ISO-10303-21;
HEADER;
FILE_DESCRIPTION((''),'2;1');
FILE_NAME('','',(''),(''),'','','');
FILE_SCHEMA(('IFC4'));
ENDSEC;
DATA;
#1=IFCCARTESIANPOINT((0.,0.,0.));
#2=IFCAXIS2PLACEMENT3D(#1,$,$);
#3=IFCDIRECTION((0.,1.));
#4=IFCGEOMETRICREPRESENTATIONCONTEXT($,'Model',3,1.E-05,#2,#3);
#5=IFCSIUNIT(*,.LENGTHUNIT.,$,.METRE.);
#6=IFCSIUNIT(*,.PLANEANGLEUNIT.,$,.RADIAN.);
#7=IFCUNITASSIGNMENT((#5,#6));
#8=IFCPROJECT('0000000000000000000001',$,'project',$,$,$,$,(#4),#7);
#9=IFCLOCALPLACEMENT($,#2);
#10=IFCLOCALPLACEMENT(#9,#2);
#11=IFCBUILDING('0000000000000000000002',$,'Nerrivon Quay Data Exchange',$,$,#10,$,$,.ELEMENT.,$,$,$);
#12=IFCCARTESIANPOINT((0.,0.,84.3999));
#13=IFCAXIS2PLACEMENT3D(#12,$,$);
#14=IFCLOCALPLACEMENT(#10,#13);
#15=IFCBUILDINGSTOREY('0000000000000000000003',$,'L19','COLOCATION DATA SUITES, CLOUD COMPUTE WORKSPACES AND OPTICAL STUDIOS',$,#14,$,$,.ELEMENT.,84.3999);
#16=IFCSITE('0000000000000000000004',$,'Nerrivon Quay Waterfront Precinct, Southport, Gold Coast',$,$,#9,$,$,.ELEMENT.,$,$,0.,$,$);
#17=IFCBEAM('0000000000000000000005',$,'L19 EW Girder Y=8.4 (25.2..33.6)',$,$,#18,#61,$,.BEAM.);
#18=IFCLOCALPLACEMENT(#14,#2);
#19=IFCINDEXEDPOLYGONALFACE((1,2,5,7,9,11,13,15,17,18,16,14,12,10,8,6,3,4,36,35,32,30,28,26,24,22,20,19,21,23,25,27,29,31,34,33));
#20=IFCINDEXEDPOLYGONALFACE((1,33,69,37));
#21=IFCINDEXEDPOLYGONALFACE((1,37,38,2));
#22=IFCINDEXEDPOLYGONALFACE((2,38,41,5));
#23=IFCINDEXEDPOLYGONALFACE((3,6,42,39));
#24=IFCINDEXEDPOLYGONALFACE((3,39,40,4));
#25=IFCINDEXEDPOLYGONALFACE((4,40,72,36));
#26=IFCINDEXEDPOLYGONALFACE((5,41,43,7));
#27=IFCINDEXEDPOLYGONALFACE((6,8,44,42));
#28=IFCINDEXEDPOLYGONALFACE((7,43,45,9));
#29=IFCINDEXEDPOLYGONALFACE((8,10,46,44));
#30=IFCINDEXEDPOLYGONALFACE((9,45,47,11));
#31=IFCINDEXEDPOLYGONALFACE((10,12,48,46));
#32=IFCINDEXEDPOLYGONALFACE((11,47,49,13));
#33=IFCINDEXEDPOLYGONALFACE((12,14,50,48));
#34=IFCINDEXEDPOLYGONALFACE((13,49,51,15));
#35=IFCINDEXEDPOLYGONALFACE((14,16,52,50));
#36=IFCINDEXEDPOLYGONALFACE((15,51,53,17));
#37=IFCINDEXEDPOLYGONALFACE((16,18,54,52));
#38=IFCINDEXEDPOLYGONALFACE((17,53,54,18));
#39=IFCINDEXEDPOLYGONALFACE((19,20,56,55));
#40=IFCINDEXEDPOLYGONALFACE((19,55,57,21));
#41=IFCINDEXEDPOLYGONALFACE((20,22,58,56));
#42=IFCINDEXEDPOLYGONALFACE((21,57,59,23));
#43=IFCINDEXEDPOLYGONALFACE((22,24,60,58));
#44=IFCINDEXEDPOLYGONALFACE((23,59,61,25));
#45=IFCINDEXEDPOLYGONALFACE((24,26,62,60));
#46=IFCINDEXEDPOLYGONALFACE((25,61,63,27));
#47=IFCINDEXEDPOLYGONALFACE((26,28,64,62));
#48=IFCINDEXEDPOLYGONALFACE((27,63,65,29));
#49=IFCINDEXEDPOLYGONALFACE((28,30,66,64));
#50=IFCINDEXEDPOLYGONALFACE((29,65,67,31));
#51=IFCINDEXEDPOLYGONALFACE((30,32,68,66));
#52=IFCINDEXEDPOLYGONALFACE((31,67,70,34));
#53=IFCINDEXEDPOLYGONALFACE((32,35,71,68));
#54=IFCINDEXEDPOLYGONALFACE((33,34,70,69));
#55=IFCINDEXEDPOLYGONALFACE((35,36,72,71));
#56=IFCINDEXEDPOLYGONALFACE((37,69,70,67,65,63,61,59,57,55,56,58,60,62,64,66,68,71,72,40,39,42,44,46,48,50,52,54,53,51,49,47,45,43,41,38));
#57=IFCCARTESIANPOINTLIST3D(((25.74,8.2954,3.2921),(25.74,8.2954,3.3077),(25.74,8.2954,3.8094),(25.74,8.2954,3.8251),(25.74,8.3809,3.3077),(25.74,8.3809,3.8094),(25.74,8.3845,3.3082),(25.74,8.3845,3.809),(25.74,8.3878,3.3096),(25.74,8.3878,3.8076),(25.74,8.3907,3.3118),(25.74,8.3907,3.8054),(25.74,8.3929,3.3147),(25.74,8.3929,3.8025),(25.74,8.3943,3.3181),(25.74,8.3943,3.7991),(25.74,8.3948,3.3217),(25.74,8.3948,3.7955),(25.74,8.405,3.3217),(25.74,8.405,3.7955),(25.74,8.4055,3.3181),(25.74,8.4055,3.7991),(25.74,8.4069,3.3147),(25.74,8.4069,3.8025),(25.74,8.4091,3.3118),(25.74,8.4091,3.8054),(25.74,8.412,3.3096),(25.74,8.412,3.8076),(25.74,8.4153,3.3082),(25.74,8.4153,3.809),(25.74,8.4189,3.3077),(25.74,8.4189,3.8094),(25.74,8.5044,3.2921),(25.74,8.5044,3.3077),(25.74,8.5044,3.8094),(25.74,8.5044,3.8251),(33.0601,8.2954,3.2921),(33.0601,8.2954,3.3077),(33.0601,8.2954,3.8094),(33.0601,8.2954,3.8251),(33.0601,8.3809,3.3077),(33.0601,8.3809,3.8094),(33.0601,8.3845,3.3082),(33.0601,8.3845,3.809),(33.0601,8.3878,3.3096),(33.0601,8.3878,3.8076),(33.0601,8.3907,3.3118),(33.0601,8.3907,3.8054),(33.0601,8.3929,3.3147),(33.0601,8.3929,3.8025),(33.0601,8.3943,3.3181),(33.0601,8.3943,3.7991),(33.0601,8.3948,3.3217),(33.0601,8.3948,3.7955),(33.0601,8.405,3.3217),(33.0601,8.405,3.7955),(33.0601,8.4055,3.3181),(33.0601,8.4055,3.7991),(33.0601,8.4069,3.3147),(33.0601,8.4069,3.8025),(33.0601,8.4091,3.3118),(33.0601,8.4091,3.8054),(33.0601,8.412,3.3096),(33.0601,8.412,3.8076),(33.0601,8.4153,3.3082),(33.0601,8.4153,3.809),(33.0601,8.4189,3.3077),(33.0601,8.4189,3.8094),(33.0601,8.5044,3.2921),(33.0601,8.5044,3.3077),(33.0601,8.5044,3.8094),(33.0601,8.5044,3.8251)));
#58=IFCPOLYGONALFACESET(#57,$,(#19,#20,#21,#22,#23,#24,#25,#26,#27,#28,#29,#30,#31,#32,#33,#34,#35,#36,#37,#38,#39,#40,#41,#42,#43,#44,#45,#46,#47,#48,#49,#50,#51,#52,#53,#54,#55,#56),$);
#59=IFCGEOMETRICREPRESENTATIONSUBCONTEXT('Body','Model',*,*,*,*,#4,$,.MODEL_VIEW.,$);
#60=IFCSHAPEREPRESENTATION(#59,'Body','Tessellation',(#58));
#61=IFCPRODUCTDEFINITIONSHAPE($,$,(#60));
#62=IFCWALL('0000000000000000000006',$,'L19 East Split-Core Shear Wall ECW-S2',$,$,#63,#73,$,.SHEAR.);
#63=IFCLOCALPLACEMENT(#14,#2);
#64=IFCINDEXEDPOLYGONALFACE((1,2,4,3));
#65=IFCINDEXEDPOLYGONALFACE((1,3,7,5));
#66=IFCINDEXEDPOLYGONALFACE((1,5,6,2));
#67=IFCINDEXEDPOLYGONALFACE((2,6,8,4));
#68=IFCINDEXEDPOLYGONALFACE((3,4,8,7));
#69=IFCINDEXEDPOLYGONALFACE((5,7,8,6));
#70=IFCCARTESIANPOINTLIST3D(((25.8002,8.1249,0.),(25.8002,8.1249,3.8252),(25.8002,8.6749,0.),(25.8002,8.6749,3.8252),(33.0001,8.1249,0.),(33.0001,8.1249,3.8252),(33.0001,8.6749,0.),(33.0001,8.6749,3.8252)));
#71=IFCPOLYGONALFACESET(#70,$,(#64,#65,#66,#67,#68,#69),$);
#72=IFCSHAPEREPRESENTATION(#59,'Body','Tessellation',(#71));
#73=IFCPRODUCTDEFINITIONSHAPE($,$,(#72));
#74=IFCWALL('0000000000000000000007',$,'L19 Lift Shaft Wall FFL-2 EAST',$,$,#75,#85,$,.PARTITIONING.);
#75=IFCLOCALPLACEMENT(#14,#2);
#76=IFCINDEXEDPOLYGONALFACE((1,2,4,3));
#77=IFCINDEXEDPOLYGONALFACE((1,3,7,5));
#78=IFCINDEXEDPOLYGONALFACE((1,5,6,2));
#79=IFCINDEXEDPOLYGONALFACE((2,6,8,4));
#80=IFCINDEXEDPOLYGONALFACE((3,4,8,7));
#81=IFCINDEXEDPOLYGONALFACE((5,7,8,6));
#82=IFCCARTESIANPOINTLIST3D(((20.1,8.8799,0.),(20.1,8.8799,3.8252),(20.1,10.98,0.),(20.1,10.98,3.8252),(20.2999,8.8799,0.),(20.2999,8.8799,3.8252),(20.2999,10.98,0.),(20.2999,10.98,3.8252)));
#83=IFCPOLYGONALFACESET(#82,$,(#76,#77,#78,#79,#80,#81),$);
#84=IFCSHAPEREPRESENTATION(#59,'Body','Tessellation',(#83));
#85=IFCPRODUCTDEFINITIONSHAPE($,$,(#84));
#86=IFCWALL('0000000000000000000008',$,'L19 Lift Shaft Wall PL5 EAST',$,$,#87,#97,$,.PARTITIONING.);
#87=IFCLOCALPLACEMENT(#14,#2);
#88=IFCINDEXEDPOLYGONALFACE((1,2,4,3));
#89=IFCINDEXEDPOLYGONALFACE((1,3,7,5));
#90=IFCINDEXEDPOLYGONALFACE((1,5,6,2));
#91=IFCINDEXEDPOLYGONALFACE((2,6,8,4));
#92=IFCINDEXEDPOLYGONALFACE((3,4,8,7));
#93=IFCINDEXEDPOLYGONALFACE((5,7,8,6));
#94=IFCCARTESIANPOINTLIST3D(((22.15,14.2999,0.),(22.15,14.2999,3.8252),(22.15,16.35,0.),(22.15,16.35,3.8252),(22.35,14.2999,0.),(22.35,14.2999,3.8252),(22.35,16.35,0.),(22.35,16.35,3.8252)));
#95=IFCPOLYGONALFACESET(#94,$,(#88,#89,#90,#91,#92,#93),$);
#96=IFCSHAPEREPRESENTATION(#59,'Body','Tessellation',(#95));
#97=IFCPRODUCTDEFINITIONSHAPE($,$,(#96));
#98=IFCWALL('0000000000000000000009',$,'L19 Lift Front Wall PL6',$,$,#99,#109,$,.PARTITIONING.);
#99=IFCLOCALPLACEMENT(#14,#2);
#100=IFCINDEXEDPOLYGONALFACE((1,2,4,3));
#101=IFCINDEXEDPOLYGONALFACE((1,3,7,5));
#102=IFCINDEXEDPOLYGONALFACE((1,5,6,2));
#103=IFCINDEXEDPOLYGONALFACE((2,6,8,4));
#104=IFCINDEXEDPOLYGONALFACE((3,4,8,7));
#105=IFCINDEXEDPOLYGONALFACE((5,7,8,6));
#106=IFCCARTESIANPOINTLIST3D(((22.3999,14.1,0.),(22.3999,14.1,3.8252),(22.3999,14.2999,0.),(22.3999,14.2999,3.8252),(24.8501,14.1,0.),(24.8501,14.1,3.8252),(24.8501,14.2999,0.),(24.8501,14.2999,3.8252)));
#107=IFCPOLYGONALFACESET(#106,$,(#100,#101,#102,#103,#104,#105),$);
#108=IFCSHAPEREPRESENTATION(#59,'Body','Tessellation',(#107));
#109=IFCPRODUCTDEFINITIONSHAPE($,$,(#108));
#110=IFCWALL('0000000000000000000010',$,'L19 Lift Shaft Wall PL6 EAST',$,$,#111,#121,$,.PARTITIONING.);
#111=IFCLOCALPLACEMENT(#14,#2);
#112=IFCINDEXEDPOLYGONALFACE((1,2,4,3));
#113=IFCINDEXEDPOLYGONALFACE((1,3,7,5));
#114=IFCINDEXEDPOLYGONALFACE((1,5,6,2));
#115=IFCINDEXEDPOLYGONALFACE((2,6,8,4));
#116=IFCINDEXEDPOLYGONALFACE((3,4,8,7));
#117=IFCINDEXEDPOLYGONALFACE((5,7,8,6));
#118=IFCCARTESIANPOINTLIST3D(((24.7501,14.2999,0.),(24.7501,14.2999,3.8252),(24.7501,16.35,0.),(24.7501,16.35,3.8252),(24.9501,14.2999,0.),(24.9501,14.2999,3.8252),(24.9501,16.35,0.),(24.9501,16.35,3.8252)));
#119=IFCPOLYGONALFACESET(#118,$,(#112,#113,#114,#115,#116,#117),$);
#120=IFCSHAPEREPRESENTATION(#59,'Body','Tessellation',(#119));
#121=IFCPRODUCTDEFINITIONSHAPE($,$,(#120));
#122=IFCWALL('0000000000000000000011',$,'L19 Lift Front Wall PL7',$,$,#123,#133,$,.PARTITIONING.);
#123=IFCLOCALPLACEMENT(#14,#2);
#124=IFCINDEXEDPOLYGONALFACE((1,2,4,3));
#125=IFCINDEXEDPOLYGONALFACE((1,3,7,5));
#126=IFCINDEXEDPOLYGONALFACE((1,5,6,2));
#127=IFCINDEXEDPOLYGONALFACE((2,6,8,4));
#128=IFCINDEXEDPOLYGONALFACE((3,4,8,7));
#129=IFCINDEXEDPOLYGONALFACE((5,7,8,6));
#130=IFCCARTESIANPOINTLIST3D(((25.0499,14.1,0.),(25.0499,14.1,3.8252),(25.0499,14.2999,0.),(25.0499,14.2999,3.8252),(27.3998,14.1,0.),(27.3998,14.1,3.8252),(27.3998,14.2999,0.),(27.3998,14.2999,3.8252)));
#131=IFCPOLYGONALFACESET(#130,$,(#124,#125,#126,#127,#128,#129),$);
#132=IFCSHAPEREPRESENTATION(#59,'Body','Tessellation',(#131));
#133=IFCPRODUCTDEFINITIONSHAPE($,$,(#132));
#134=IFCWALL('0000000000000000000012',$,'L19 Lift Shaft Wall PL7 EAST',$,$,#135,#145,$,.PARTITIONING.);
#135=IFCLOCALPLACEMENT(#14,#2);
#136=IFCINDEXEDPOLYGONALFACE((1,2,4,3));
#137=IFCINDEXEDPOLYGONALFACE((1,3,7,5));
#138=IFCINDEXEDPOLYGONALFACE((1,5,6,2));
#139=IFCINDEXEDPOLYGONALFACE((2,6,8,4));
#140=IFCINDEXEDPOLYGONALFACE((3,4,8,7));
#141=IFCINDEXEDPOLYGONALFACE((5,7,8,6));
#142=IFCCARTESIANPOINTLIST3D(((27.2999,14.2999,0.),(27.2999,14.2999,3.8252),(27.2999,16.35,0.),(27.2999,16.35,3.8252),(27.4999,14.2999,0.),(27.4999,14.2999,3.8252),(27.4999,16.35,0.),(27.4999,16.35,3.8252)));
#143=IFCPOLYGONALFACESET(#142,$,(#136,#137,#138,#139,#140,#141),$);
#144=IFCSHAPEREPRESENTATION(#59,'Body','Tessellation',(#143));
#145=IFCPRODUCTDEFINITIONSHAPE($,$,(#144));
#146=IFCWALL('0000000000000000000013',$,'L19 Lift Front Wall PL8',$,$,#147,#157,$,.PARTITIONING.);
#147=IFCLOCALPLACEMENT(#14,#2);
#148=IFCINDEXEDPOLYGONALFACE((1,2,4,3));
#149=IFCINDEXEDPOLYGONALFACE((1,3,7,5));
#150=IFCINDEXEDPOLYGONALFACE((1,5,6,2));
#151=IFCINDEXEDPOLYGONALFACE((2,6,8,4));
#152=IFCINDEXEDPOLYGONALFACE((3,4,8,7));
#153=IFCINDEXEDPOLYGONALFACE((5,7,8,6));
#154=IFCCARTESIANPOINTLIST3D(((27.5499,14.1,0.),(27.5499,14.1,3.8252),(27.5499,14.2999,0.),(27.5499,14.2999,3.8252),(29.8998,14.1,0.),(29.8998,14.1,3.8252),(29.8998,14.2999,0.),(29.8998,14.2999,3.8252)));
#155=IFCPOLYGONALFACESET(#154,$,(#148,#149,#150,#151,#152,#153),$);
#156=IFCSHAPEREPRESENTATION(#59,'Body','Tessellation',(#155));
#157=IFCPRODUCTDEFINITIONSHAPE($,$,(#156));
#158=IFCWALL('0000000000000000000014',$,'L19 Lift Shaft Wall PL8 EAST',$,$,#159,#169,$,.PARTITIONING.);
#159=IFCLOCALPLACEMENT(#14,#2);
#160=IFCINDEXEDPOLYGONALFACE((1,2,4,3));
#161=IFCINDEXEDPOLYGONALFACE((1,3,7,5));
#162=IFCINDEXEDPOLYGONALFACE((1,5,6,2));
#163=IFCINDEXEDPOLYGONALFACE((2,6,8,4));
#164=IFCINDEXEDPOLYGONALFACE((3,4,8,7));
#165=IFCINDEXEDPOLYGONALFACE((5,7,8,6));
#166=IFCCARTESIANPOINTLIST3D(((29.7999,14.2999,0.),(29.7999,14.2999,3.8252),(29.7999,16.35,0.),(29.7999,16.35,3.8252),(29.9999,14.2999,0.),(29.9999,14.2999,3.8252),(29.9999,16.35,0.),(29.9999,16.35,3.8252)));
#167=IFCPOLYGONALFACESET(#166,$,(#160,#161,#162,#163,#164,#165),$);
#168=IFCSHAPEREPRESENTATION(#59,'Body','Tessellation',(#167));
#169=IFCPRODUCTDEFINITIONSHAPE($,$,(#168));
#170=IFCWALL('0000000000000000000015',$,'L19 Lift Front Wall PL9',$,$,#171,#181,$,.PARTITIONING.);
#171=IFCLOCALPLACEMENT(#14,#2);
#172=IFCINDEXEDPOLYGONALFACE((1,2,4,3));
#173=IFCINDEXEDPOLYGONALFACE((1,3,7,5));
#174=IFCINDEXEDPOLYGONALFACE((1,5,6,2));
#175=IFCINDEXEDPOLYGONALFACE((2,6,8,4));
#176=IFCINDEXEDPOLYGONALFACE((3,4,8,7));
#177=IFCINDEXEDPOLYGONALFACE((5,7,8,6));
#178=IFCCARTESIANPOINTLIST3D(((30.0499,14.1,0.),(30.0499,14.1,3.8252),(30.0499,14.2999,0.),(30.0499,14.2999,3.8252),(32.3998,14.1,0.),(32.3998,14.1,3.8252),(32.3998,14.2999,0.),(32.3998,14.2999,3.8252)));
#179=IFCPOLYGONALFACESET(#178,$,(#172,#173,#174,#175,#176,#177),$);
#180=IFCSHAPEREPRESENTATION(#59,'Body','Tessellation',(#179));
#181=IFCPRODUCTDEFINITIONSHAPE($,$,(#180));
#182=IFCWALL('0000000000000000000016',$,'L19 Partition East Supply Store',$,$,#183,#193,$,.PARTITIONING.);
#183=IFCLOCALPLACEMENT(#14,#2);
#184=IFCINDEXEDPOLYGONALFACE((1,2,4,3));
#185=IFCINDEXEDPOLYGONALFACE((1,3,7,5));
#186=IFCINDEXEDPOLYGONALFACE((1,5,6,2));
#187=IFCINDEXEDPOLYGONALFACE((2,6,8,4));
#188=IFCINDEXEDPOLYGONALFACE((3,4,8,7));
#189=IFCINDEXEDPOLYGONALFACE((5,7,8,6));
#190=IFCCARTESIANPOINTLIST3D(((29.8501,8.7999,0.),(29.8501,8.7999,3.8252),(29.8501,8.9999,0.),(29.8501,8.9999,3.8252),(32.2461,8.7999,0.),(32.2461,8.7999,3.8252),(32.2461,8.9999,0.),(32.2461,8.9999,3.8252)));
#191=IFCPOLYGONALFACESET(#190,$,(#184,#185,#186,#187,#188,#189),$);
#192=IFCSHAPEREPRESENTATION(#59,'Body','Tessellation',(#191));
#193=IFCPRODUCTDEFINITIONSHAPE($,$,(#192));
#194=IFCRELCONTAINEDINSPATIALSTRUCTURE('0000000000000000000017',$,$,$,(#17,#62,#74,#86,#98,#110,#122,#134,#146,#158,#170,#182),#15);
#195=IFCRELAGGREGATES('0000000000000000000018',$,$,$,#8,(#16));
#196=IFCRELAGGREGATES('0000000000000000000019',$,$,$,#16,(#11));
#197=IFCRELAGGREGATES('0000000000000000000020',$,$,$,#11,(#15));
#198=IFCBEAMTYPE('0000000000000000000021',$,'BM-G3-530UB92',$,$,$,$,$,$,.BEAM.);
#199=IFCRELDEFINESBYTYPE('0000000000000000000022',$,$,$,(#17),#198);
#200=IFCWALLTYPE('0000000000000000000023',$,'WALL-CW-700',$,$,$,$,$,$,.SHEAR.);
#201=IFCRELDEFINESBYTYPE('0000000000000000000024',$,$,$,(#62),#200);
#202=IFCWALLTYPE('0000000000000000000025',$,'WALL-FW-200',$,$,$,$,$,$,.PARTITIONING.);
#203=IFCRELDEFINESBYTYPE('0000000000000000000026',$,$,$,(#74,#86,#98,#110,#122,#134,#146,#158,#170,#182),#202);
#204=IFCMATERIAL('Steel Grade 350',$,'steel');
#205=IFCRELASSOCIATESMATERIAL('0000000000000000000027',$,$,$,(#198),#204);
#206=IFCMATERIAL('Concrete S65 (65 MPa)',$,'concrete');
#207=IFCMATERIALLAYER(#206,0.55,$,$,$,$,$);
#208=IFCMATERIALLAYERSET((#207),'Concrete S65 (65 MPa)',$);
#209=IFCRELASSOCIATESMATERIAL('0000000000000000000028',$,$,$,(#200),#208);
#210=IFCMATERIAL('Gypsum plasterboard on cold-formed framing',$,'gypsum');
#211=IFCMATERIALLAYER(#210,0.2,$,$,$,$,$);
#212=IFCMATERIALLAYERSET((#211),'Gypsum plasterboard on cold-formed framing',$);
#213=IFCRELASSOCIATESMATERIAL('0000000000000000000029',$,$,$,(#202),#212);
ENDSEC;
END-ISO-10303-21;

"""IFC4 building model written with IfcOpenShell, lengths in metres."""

from ifc_helpers import new_model, si_unit, direction, frame, frame_2d, origin, origin_2d, place, context, subcontext, project, spatial, rectangle, i_section, extrude, material, layer, layer_set, material_profile, profile_set, type_object, element, save


model = new_model("IFC4")

# Units and contexts
model_context = context("Model", 3, precision=1e-05, world=origin(), true_north=direction((0.0, 1.0)))
body_context = subcontext(model_context, "Body", "Model", "MODEL_VIEW")
ifc_project = project(units=[si_unit("LENGTHUNIT", "METRE"), si_unit("PLANEANGLEUNIT", "RADIAN")], contexts=[model_context])

# Site, building, storey
site_placement = place(None, origin())
site = spatial("IfcSite", under=ifc_project, at=site_placement, Name="Nerrivon Quay Waterfront Precinct, Southport, Gold Coast", CompositionType="ELEMENT", RefElevation=0.0)
building_placement = place(site_placement, origin())
building = spatial("IfcBuilding", under=site, at=building_placement, Name="Nerrivon Quay Data Exchange", CompositionType="ELEMENT")
storey_placement = place(building_placement, frame((0.0, 0.0, 84.3999)))
storey = spatial("IfcBuildingStorey", under=building, at=storey_placement, Name="L19", Description="COLOCATION DATA SUITES, CLOUD COMPUTE WORKSPACES AND OPTICAL STUDIOS", CompositionType="ELEMENT", Elevation=84.3999)

# Beam
ifc_material_1 = material(Name="Steel Grade 350", Category="steel")
ifc_material_profile = material_profile(ifc_material_1, i_section(OverallWidth=0.209, OverallDepth=0.533, WebThickness=0.0103, FlangeThickness=0.0156, FilletRadius=0.0139, at=origin_2d()), Name="530UB92.4")
ifc_profile_set = profile_set([ifc_material_profile], Name="Steel Grade 350")
beam_type = type_object("IfcBeamType", Name="BM-G3-530UB92", PredefinedType="BEAM", material=ifc_profile_set)
beam_placement = place(storey_placement, frame((25.74, 8.3999, 3.5586), z_axis=(1.0, 0.0, 0.0), x_axis=(0.0, 1.0, 0.0)))
element("IfcBeam", 1, at=beam_placement, inside=storey, type_object=beam_type, Name="L19 EW Girder Y=8.4 (25.2..33.6)", PredefinedType="BEAM", context=body_context, shape_type="SweptSolid", body=[
    extrude(i_section(OverallWidth=0.209, OverallDepth=0.533, WebThickness=0.0103, FlangeThickness=0.0156, FilletRadius=0.0139, at=origin_2d()), origin(), (0.0, 0.0, 1.0), 7.3201),
])

# Wall
ifc_material_2 = material(Name="Concrete S65 (65 MPa)", Category="concrete")
ifc_layer_1 = layer(ifc_material_2, 0.55)
ifc_layer_set_1 = layer_set([ifc_layer_1], Name="Concrete S65 (65 MPa)")
wall_type_1 = type_object("IfcWallType", Name="WALL-CW-700", PredefinedType="SHEAR", material=ifc_layer_set_1)
wall_1_placement = place(storey_placement, frame((25.8, 8.3999, 0.0), z_axis=(0.0, 0.0, 1.0), x_axis=(1.0, 0.0, 0.0)))
element("IfcWall", 2, at=wall_1_placement, inside=storey, type_object=wall_type_1, Name="L19 East Split-Core Shear Wall ECW-S2", PredefinedType="SHEAR", context=body_context, shape_type="SweptSolid", body=[
    extrude(rectangle(XDim=7.2, YDim=0.55, at=frame_2d((3.6001, 0.0))), origin(), (0.0, 0.0, 1.0), 3.8252),
])

# Walls
ifc_material_3 = material(Name="Gypsum plasterboard on cold-formed framing", Category="gypsum")
ifc_layer_2 = layer(ifc_material_3, 0.2)
ifc_layer_set_2 = layer_set([ifc_layer_2], Name="Gypsum plasterboard on cold-formed framing")
wall_type_2 = type_object("IfcWallType", Name="WALL-FW-200", PredefinedType="PARTITIONING", material=ifc_layer_set_2)
wall_2_placement = place(storey_placement, frame((20.2, 8.8799, 0.0), z_axis=(0.0, 0.0, 1.0), x_axis=(0.0, 1.0, 0.0)))
element("IfcWall", 3, at=wall_2_placement, inside=storey, type_object=wall_type_2, Name="L19 Lift Shaft Wall FFL-2 EAST", PredefinedType="PARTITIONING", context=body_context, shape_type="SweptSolid", body=[
    extrude(rectangle(XDim=2.1001, YDim=0.2, at=frame_2d((1.05, 0.0))), origin(), (0.0, 0.0, 1.0), 3.8252),
])
wall_3_placement = place(storey_placement, frame((22.25, 14.3, 0.0), z_axis=(0.0, 0.0, 1.0), x_axis=(0.0, 1.0, 0.0)))
element("IfcWall", 4, at=wall_3_placement, inside=storey, type_object=wall_type_2, Name="L19 Lift Shaft Wall PL5 EAST", PredefinedType="PARTITIONING", context=body_context, shape_type="SweptSolid", body=[
    extrude(rectangle(XDim=2.05, YDim=0.2, at=frame_2d((1.0249, 0.0))), origin(), (0.0, 0.0, 1.0), 3.8252),
])
wall_4_placement = place(storey_placement, frame((22.3999, 14.2, 0.0), z_axis=(0.0, 0.0, 1.0), x_axis=(1.0, 0.0, 0.0)))
element("IfcWall", 5, at=wall_4_placement, inside=storey, type_object=wall_type_2, Name="L19 Lift Front Wall PL6", PredefinedType="PARTITIONING", context=body_context, shape_type="SweptSolid", body=[
    extrude(rectangle(XDim=2.4502, YDim=0.2, at=frame_2d((1.2251, 0.0))), origin(), (0.0, 0.0, 1.0), 3.8252),
])
wall_5_placement = place(storey_placement, frame((24.8501, 14.3, 0.0), z_axis=(0.0, 0.0, 1.0), x_axis=(0.0, 1.0, 0.0)))
element("IfcWall", 6, at=wall_5_placement, inside=storey, type_object=wall_type_2, Name="L19 Lift Shaft Wall PL6 EAST", PredefinedType="PARTITIONING", context=body_context, shape_type="SweptSolid", body=[
    extrude(rectangle(XDim=2.05, YDim=0.2, at=frame_2d((1.0249, 0.0))), origin(), (0.0, 0.0, 1.0), 3.8252),
])
wall_6_placement = place(storey_placement, frame((25.05, 14.2, 0.0), z_axis=(0.0, 0.0, 1.0), x_axis=(1.0, 0.0, 0.0)))
element("IfcWall", 7, at=wall_6_placement, inside=storey, type_object=wall_type_2, Name="L19 Lift Front Wall PL7", PredefinedType="PARTITIONING", context=body_context, shape_type="SweptSolid", body=[
    extrude(rectangle(XDim=2.3499, YDim=0.2, at=frame_2d((1.1748, 0.0))), origin(), (0.0, 0.0, 1.0), 3.8252),
])
wall_7_placement = place(storey_placement, frame((27.3999, 14.3, 0.0), z_axis=(0.0, 0.0, 1.0), x_axis=(0.0, 1.0, 0.0)))
element("IfcWall", 8, at=wall_7_placement, inside=storey, type_object=wall_type_2, Name="L19 Lift Shaft Wall PL7 EAST", PredefinedType="PARTITIONING", context=body_context, shape_type="SweptSolid", body=[
    extrude(rectangle(XDim=2.05, YDim=0.2, at=frame_2d((1.0249, 0.0))), origin(), (0.0, 0.0, 1.0), 3.8252),
])
wall_8_placement = place(storey_placement, frame((27.55, 14.2, 0.0), z_axis=(0.0, 0.0, 1.0), x_axis=(1.0, 0.0, 0.0)))
element("IfcWall", 9, at=wall_8_placement, inside=storey, type_object=wall_type_2, Name="L19 Lift Front Wall PL8", PredefinedType="PARTITIONING", context=body_context, shape_type="SweptSolid", body=[
    extrude(rectangle(XDim=2.3499, YDim=0.2, at=frame_2d((1.1748, 0.0))), origin(), (0.0, 0.0, 1.0), 3.8252),
])
wall_9_placement = place(storey_placement, frame((29.8999, 14.3, 0.0), z_axis=(0.0, 0.0, 1.0), x_axis=(0.0, 1.0, 0.0)))
element("IfcWall", 10, at=wall_9_placement, inside=storey, type_object=wall_type_2, Name="L19 Lift Shaft Wall PL8 EAST", PredefinedType="PARTITIONING", context=body_context, shape_type="SweptSolid", body=[
    extrude(rectangle(XDim=2.05, YDim=0.2, at=frame_2d((1.0249, 0.0))), origin(), (0.0, 0.0, 1.0), 3.8252),
])
wall_10_placement = place(storey_placement, frame((30.05, 14.2, 0.0), z_axis=(0.0, 0.0, 1.0), x_axis=(1.0, 0.0, 0.0)))
element("IfcWall", 11, at=wall_10_placement, inside=storey, type_object=wall_type_2, Name="L19 Lift Front Wall PL9", PredefinedType="PARTITIONING", context=body_context, shape_type="SweptSolid", body=[
    extrude(rectangle(XDim=2.3499, YDim=0.2, at=frame_2d((1.1748, 0.0))), origin(), (0.0, 0.0, 1.0), 3.8252),
])

# Wall
wall_11_placement = place(storey_placement, frame((29.8501, 8.8999, 0.0), z_axis=(0.0, 0.0, 1.0), x_axis=(1.0, 0.0, 0.0)))
element("IfcWall", 12, at=wall_11_placement, inside=storey, type_object=wall_type_2, Name="L19 Partition East Supply Store", PredefinedType="PARTITIONING", context=body_context, shape_type="SweptSolid", body=[
    extrude(rectangle(XDim=2.396, YDim=0.2, at=frame_2d((1.198, 0.0))), origin(), (0.0, 0.0, 1.0), 3.8252),
])

save(model, "model.ifc")
